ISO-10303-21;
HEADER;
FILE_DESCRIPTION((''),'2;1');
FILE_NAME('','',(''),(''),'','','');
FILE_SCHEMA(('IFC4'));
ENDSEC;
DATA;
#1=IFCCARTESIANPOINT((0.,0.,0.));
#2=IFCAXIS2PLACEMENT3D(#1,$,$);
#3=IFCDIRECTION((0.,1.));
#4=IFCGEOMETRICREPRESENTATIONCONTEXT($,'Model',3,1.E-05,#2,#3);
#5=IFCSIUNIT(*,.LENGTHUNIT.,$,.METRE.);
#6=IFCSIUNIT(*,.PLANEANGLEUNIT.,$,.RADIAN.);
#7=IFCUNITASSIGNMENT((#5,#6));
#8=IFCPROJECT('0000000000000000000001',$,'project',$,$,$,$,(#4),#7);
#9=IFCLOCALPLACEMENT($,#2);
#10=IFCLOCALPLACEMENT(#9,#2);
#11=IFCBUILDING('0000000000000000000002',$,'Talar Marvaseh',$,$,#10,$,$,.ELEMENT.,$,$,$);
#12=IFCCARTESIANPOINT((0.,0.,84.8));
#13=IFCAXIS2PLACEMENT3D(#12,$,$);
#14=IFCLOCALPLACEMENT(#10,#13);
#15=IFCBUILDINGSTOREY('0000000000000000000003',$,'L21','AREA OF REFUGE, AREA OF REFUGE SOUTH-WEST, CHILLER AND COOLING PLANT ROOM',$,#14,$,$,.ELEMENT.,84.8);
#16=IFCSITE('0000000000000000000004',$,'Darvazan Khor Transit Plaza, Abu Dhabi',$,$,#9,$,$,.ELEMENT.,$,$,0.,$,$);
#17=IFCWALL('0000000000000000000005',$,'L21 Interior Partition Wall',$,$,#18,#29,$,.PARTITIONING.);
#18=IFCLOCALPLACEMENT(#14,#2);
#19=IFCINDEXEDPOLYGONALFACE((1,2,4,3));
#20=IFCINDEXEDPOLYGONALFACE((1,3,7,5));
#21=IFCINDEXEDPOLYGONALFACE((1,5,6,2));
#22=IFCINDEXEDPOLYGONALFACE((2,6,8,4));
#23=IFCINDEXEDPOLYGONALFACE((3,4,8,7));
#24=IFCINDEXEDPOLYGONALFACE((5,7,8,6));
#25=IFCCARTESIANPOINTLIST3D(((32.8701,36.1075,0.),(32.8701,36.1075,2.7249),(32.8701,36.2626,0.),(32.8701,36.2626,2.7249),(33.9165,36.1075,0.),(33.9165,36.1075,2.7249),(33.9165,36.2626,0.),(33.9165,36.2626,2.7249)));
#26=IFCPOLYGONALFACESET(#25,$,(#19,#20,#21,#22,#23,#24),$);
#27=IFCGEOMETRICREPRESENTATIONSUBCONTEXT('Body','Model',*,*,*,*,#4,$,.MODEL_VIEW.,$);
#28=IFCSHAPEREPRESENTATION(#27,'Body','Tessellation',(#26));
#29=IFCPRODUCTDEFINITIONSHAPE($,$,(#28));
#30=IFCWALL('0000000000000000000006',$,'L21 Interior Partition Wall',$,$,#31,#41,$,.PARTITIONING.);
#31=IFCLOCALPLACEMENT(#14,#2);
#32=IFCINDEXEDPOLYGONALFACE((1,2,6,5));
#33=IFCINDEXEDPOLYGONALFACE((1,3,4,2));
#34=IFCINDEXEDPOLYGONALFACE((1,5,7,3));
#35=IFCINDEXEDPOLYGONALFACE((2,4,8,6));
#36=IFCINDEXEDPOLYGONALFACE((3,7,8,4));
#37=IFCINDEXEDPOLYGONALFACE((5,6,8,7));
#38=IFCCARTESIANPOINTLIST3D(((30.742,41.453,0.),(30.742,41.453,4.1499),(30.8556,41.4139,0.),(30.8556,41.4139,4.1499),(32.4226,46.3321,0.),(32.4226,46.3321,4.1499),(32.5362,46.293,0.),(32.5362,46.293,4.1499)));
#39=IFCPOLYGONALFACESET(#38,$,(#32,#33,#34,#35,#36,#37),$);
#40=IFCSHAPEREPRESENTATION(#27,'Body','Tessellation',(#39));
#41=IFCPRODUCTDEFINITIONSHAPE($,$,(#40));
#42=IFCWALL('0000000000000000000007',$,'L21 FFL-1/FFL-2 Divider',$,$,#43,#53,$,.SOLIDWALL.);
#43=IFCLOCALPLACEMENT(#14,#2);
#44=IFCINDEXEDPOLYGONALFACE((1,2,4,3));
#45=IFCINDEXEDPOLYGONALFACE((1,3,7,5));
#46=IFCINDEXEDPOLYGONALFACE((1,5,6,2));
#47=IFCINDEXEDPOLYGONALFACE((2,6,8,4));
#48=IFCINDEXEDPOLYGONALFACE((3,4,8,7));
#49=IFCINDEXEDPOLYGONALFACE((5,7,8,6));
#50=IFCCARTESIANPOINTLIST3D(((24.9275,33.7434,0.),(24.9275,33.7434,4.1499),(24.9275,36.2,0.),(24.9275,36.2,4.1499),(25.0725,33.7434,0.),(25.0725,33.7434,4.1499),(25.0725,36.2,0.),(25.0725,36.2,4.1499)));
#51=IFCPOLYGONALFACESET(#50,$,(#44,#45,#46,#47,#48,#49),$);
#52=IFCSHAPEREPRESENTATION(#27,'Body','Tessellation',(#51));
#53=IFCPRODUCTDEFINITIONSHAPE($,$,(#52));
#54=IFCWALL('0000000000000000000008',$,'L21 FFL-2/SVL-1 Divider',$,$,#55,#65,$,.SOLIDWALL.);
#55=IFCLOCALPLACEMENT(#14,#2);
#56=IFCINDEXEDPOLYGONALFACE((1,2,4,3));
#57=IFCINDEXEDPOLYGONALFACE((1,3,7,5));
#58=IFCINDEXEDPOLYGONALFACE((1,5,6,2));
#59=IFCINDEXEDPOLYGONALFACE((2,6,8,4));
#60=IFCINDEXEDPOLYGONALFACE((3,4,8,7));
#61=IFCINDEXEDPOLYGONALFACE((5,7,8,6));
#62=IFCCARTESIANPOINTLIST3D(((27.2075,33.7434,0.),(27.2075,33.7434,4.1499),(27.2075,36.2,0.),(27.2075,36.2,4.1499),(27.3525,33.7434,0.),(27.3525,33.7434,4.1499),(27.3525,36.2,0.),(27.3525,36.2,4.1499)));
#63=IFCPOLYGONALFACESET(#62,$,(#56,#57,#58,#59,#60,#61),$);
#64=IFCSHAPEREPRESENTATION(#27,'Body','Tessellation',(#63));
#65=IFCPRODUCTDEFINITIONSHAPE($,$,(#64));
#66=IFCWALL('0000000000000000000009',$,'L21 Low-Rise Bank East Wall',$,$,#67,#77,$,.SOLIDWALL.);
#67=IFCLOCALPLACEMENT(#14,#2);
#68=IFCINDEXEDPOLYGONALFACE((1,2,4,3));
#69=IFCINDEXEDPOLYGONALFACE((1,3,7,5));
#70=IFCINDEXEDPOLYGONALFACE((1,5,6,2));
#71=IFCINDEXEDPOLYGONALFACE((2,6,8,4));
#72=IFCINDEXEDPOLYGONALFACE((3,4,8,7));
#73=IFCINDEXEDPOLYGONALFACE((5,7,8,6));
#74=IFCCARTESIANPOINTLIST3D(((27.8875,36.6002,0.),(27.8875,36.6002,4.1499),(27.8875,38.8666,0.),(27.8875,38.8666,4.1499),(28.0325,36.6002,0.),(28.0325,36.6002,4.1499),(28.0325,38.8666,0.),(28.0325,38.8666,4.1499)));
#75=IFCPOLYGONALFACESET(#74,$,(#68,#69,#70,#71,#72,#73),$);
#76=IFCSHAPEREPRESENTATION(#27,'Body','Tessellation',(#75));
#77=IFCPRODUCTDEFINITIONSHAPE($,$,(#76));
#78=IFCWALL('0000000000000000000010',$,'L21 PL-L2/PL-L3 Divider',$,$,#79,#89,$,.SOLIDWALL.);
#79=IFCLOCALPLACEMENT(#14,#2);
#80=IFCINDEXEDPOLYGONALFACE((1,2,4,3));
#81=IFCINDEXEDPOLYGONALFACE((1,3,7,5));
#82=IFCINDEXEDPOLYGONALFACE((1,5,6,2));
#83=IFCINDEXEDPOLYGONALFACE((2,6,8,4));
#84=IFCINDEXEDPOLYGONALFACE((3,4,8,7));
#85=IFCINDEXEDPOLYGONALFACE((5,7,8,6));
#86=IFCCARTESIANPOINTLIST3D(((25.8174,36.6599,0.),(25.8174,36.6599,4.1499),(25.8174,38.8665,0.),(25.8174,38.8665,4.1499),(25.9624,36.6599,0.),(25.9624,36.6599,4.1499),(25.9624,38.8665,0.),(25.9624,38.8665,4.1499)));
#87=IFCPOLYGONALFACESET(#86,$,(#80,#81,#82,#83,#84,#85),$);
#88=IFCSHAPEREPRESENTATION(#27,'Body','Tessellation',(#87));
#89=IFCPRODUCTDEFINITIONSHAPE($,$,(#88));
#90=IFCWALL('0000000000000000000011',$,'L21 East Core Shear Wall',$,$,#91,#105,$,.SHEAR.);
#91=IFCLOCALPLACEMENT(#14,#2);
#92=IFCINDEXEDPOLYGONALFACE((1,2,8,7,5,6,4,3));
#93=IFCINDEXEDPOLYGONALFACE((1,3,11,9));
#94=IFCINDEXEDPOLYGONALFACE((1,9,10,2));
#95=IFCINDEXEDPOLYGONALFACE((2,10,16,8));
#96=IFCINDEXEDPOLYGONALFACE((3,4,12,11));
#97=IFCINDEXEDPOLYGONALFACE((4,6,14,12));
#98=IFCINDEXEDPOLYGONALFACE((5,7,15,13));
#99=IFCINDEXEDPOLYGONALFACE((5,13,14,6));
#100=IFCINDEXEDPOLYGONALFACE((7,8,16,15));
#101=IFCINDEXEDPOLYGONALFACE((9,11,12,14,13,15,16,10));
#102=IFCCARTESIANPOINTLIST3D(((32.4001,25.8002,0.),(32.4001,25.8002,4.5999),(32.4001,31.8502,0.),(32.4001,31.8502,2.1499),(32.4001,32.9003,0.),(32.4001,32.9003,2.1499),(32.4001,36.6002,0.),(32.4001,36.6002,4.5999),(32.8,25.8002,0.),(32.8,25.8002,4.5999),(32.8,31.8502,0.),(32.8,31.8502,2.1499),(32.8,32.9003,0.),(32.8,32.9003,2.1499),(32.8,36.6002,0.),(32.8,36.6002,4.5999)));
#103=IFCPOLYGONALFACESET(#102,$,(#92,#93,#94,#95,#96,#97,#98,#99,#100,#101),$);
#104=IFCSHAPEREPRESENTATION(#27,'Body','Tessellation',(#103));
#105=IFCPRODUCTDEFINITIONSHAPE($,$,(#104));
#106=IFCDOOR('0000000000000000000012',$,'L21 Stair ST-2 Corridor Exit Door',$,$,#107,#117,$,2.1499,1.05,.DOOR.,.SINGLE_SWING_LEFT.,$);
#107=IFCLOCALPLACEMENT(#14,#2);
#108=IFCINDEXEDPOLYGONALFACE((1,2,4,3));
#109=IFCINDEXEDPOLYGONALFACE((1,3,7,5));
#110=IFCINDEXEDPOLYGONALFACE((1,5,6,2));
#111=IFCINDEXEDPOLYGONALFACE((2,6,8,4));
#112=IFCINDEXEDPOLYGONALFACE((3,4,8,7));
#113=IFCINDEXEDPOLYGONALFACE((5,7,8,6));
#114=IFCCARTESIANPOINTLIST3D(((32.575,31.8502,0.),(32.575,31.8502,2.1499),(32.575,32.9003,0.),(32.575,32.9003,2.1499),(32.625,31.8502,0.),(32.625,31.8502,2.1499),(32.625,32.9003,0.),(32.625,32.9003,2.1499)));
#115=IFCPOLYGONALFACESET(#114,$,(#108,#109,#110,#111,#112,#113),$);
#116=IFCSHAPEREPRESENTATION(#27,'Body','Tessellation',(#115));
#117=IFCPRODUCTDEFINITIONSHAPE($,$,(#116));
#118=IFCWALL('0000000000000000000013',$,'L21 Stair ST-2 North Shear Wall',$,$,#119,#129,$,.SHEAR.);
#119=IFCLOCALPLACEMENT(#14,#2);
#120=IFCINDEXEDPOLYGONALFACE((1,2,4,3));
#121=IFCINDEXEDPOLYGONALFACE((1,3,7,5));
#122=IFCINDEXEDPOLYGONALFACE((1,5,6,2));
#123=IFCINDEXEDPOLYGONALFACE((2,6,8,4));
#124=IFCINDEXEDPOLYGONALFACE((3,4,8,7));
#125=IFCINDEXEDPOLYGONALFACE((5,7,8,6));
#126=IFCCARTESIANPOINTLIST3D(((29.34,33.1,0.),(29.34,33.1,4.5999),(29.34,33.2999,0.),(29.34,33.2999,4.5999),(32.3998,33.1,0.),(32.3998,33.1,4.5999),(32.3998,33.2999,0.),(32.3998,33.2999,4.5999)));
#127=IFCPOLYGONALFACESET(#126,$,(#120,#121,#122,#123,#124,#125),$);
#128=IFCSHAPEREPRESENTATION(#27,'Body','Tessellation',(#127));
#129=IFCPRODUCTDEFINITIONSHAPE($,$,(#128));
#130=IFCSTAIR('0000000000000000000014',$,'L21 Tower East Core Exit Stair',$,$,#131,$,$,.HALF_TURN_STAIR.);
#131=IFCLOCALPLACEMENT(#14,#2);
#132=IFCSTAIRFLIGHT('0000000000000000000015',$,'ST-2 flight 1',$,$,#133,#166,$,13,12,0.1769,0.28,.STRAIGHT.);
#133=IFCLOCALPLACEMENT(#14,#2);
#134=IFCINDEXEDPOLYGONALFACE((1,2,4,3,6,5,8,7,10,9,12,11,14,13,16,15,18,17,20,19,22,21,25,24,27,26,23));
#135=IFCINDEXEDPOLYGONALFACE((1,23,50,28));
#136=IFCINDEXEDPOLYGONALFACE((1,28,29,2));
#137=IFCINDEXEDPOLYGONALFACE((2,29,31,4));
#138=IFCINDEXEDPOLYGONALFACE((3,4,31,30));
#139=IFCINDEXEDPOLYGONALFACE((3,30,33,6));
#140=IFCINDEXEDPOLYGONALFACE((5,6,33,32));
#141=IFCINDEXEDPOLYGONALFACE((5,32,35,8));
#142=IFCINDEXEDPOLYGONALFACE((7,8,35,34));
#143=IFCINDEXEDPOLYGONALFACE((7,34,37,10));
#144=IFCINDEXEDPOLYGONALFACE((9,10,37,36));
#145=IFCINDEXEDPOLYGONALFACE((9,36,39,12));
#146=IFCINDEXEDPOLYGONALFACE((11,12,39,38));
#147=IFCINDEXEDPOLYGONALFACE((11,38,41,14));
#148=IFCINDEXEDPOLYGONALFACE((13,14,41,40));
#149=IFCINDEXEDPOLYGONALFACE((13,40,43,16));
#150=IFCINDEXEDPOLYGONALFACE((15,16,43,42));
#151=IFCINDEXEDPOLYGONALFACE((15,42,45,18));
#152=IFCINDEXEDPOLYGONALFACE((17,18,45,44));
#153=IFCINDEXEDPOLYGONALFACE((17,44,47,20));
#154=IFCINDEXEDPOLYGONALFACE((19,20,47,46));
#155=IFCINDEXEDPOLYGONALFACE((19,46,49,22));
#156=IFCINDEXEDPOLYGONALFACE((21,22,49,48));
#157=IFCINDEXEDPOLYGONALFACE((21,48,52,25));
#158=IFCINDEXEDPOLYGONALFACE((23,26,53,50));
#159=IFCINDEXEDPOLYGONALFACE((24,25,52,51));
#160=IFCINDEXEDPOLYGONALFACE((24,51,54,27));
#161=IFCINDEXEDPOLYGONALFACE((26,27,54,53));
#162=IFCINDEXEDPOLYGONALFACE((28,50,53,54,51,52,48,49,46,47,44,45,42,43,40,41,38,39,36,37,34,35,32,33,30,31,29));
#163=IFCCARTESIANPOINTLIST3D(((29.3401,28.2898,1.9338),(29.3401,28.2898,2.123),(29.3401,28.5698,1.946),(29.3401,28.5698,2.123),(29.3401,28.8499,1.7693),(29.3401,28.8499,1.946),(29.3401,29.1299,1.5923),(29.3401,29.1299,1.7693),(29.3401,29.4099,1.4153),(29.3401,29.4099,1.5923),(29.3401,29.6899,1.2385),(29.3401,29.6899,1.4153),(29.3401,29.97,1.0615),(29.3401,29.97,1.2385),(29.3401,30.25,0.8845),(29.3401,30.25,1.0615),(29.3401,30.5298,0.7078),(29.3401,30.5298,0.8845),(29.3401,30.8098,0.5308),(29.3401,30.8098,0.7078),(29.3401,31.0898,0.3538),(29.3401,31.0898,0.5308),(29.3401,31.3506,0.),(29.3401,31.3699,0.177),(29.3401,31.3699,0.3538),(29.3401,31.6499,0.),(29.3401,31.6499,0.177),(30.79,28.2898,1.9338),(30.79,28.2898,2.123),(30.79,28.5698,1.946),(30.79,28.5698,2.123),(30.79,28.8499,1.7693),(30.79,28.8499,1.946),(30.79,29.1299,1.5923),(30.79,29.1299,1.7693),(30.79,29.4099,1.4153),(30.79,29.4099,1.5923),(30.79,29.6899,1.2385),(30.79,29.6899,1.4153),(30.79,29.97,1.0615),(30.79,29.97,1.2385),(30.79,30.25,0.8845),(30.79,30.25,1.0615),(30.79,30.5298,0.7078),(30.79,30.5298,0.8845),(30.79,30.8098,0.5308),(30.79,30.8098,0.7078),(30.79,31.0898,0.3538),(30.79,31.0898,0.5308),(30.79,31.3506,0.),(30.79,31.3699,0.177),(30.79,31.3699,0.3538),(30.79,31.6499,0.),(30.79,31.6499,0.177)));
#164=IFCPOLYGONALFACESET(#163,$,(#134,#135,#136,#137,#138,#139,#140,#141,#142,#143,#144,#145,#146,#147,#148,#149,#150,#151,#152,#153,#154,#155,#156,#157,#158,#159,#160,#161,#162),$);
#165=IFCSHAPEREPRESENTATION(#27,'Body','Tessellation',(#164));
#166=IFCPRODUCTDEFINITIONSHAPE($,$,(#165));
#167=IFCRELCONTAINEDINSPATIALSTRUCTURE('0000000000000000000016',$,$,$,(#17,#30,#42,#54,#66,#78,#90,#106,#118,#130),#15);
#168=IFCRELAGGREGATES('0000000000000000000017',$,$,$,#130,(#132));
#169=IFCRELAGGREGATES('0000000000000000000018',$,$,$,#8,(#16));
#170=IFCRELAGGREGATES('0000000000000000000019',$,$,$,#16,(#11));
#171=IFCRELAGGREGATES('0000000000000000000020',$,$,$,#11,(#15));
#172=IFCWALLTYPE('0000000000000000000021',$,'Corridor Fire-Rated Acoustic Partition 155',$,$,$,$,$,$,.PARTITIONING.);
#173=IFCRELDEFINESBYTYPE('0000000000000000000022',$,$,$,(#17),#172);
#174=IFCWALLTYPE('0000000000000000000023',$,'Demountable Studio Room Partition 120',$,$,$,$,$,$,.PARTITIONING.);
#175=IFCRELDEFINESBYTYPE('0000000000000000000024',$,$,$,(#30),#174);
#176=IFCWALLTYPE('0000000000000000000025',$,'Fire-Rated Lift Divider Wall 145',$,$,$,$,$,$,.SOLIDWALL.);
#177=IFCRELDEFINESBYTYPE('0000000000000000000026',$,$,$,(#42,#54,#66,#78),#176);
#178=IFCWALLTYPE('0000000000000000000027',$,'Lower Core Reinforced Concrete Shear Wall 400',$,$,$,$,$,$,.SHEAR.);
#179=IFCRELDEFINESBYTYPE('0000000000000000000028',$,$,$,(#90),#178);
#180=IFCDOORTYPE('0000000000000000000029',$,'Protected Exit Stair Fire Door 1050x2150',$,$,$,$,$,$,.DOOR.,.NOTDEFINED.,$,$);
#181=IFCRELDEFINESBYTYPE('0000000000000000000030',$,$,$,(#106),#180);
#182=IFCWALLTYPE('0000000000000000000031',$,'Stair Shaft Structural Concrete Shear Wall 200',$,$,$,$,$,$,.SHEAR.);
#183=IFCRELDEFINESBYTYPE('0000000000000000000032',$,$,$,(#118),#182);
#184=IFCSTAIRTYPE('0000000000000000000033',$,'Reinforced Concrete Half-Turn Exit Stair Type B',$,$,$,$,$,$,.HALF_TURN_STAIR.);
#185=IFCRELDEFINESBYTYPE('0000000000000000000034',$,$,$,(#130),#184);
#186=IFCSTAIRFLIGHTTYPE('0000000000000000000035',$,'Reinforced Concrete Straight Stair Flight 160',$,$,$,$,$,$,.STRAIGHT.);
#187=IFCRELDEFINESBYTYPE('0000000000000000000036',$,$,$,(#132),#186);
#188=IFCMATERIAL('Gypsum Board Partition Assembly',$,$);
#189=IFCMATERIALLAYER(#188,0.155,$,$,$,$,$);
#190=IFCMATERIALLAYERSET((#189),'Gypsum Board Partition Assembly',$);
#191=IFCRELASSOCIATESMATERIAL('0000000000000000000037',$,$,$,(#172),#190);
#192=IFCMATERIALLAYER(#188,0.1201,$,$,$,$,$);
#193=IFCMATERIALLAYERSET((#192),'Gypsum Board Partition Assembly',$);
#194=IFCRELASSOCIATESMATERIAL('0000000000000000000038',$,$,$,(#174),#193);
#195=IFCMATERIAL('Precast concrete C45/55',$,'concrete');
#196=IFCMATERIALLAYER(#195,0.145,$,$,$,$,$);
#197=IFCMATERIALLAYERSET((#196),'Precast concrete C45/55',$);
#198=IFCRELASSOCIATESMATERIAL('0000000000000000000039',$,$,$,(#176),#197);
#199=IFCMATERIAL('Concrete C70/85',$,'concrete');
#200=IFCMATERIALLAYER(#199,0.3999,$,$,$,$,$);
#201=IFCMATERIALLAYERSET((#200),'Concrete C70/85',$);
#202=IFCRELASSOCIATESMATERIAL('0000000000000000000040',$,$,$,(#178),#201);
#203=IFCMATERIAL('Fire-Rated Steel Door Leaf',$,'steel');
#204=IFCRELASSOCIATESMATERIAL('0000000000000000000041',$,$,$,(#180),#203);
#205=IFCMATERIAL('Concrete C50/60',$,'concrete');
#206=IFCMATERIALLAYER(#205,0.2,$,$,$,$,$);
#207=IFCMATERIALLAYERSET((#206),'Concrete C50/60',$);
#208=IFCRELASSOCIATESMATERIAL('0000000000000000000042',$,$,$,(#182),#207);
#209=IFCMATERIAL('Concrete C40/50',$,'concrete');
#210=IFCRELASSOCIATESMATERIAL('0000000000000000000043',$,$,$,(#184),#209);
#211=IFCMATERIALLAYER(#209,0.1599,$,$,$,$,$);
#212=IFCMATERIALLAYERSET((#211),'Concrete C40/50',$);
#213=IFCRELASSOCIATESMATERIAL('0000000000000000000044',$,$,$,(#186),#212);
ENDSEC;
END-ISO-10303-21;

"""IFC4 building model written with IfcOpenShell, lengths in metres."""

from ifc_helpers import new_model, si_unit, direction, frame, frame_2d, origin, place, context, subcontext, project, spatial, polyline, rectangle, outline, extrude, source, transform, mapped, material, layer, layer_set, type_object, type_shapes, element, fill, aggregate, save


model = new_model("IFC4")

# Units and contexts
model_context = context("Model", 3, precision=1e-05, world=origin(), true_north=direction((0.0, 1.0)))
body_context = subcontext(model_context, "Body", "Model", "MODEL_VIEW")
ifc_project = project(units=[si_unit("LENGTHUNIT", "METRE"), si_unit("PLANEANGLEUNIT", "RADIAN")], contexts=[model_context])

# Site, building, storey
site_placement = place(None, origin())
site = spatial("IfcSite", under=ifc_project, at=site_placement, Name="Darvazan Khor Transit Plaza, Abu Dhabi", CompositionType="ELEMENT", RefElevation=0.0)
building_placement = place(site_placement, origin())
building = spatial("IfcBuilding", under=site, at=building_placement, Name="Talar Marvaseh", CompositionType="ELEMENT")
storey_placement = place(building_placement, frame((0.0, 0.0, 84.8)))
storey = spatial("IfcBuildingStorey", under=building, at=storey_placement, Name="L21", Description="AREA OF REFUGE, AREA OF REFUGE SOUTH-WEST, CHILLER AND COOLING PLANT ROOM", CompositionType="ELEMENT", Elevation=84.8)

# Shared definitions
ifc_material_1 = material(Name="Concrete C70/85", Category="concrete")

# Shared definitions
ifc_material_2 = material(Name="Concrete C40/50", Category="concrete")

# Shared definitions
ifc_material_3 = material(Name="Gypsum Board Partition Assembly")
ifc_layer_1 = layer(ifc_material_3, 0.155)
ifc_layer_set_1 = layer_set([ifc_layer_1], Name="Gypsum Board Partition Assembly")
wall_type_1 = type_object("IfcWallType", Name="Corridor Fire-Rated Acoustic Partition 155", PredefinedType="PARTITIONING", material=ifc_layer_set_1)

# Walls
wall_1_placement = place(storey_placement, frame((32.8701, 36.1851, 0.0), z_axis=(0.0, 0.0, 1.0), x_axis=(1.0, 0.0, 0.0)))
element("IfcWall", 1, at=wall_1_placement, inside=storey, type_object=wall_type_1, Name="L21 Interior Partition Wall", PredefinedType="PARTITIONING", context=body_context, shape_type="SweptSolid", body=[
    extrude(rectangle(XDim=1.0464, YDim=0.155, at=frame_2d((0.5232, 0.0))), origin(), (0.0, 0.0, 1.0), 2.7249),
])
ifc_layer_2 = layer(ifc_material_3, 0.1201)
ifc_layer_set_2 = layer_set([ifc_layer_2], Name="Gypsum Board Partition Assembly")
wall_type_2 = type_object("IfcWallType", Name="Demountable Studio Room Partition 120", PredefinedType="PARTITIONING", material=ifc_layer_set_2)
wall_2_placement = place(storey_placement, frame((30.7988, 41.4336, 0.0), z_axis=(0.0, 0.0, 1.0), x_axis=(0.325679, 0.945481, 0.0)))
element("IfcWall", 2, at=wall_2_placement, inside=storey, type_object=wall_type_2, Name="L21 Interior Partition Wall", PredefinedType="PARTITIONING", context=body_context, shape_type="SweptSolid", body=[
    extrude(rectangle(XDim=5.1604, YDim=0.1201, at=frame_2d((2.5801, 0.0))), origin(), (0.0, 0.0, 1.0), 4.1499),
])
ifc_material_4 = material(Name="Precast concrete C45/55", Category="concrete")
ifc_layer_3 = layer(ifc_material_4, 0.145)
ifc_layer_set_3 = layer_set([ifc_layer_3], Name="Precast concrete C45/55")
wall_type_3 = type_object("IfcWallType", Name="Fire-Rated Lift Divider Wall 145", PredefinedType="SOLIDWALL", material=ifc_layer_set_3)
for number, where, z_axis, x_axis, name in (
    (3, (25.0, 33.7434, 0.0), (0.0, 0.0, 1.0), (0.0, 1.0, 0.0), "L21 FFL-1/FFL-2 Divider"),
    (4, (27.28, 33.7434, 0.0), (0.0, 0.0, 1.0), (0.0, 1.0, 0.0), "L21 FFL-2/SVL-1 Divider"),
):
    element("IfcWall", number, at=place(storey_placement, frame(where, z_axis=z_axis, x_axis=x_axis)), inside=storey, type_object=wall_type_3, Name=name, PredefinedType="SOLIDWALL", context=body_context, shape_type="SweptSolid", body=[
        extrude(rectangle(XDim=2.4565, YDim=0.145, at=frame_2d((1.2283, 0.0))), origin(), (0.0, 0.0, 1.0), 4.1499),
    ])
wall_3_placement = place(storey_placement, frame((27.96, 36.6001, 0.0), z_axis=(0.0, 0.0, 1.0), x_axis=(0.0, 1.0, 0.0)))
element("IfcWall", 5, at=wall_3_placement, inside=storey, type_object=wall_type_3, Name="L21 Low-Rise Bank East Wall", PredefinedType="SOLIDWALL", context=body_context, shape_type="SweptSolid", body=[
    extrude(rectangle(XDim=2.2664, YDim=0.145, at=frame_2d((1.1333, 0.0))), origin(), (0.0, 0.0, 1.0), 4.1499),
])
wall_4_placement = place(storey_placement, frame((25.8899, 36.6599, 0.0), z_axis=(0.0, 0.0, 1.0), x_axis=(0.0, 1.0, 0.0)))
element("IfcWall", 6, at=wall_4_placement, inside=storey, type_object=wall_type_3, Name="L21 PL-L2/PL-L3 Divider", PredefinedType="SOLIDWALL", context=body_context, shape_type="SweptSolid", body=[
    extrude(rectangle(XDim=2.2065, YDim=0.145, at=frame_2d((1.1033, 0.0))), origin(), (0.0, 0.0, 1.0), 4.1499),
])

# Wall, opening, door
ifc_layer_4 = layer(ifc_material_1, 0.3999)
ifc_layer_set_4 = layer_set([ifc_layer_4], Name="Concrete C70/85")
wall_type_4 = type_object("IfcWallType", Name="Lower Core Reinforced Concrete Shear Wall 400", PredefinedType="SHEAR", material=ifc_layer_set_4)
wall_5_placement = place(storey_placement, frame((32.6001, 36.6001, 0.0), z_axis=(0.0, 0.0, 1.0), x_axis=(0.0, -1.0, 0.0)))
wall_5 = element("IfcWall", 7, at=wall_5_placement, inside=storey, type_object=wall_type_4, Name="L21 East Core Shear Wall", PredefinedType="SHEAR", context=body_context, shape_type="SweptSolid", body=[
    extrude(rectangle(XDim=10.8, YDim=0.3999, at=frame_2d((5.3999, 0.0))), origin(), (0.0, 0.0, 1.0), 4.5999),
])
opening_1_placement = place(wall_5_placement, frame((3.7, 0.0, 0.0)))
opening_1 = element("IfcOpeningElement", 8, at=opening_1_placement, cuts=wall_5, PredefinedType="OPENING", context=body_context, shape_type="SweptSolid", body=[
    extrude(rectangle(XDim=1.05, YDim=2.1499, at=frame_2d((0.5249, 1.075))), frame((0.0, 0.21, 0.0), z_axis=(0.0, -1.0, 0.0), x_axis=(1.0, 0.0, 0.0)), (0.0, 0.0, 1.0), 0.4199),
])
ifc_material_5 = material(Name="Fire-Rated Steel Door Leaf", Category="steel")
door_type_1 = type_object("IfcDoorType", Name="Protected Exit Stair Fire Door 1050x2150", OperationType="NOTDEFINED", PredefinedType="DOOR", material=ifc_material_5)
shared_shape_1 = source(origin(), body_context, "Body", "SweptSolid", [
    extrude(rectangle(XDim=1.05, YDim=2.1499, at=frame_2d((0.5249, 1.075))), frame((0.0, 0.0249, 0.0), z_axis=(0.0, -1.0, 0.0), x_axis=(1.0, 0.0, 0.0)), (0.0, 0.0, 1.0), 0.05),
])
type_shapes(door_type_1, [shared_shape_1])
door_1_placement = place(opening_1_placement, origin())
door_1 = element("IfcDoor", 9, at=door_1_placement, inside=storey, type_object=door_type_1, Name="L21 Stair ST-2 Corridor Exit Door", OperationType="SINGLE_SWING_LEFT", OverallHeight=2.1499, OverallWidth=1.05, PredefinedType="DOOR", context=body_context, shape_type="MappedRepresentation", body=[
    mapped(shared_shape_1, transform((0.0, 0.0, 0.0), x_axis=(1.0, 0.0, 0.0), y_axis=(0.0, 1.0, 0.0), z_axis=(0.0, 0.0, 1.0), scale=1.0)),
])
fill(opening_1, door_1)

# Wall
ifc_material_6 = material(Name="Concrete C50/60", Category="concrete")
ifc_layer_5 = layer(ifc_material_6, 0.2)
ifc_layer_set_5 = layer_set([ifc_layer_5], Name="Concrete C50/60")
wall_type_5 = type_object("IfcWallType", Name="Stair Shaft Structural Concrete Shear Wall 200", PredefinedType="SHEAR", material=ifc_layer_set_5)
wall_6_placement = place(storey_placement, frame((29.3401, 33.2, 0.0), z_axis=(0.0, 0.0, 1.0), x_axis=(1.0, 0.0, 0.0)))
element("IfcWall", 10, at=wall_6_placement, inside=storey, type_object=wall_type_5, Name="L21 Stair ST-2 North Shear Wall", PredefinedType="SHEAR", context=body_context, shape_type="SweptSolid", body=[
    extrude(rectangle(XDim=3.0598, YDim=0.2, at=frame_2d((1.5298, 0.0))), origin(), (0.0, 0.0, 1.0), 4.5999),
])

# Stair, stair flight
stair_type = type_object("IfcStairType", Name="Reinforced Concrete Half-Turn Exit Stair Type B", PredefinedType="HALF_TURN_STAIR", material=ifc_material_2)
stair_placement = place(storey_placement, origin())
stair = element("IfcStair", 11, at=stair_placement, inside=storey, type_object=stair_type, Name="L21 Tower East Core Exit Stair", PredefinedType="HALF_TURN_STAIR")
ifc_layer_6 = layer(ifc_material_2, 0.1599)
ifc_layer_set_6 = layer_set([ifc_layer_6], Name="Concrete C40/50")
stair_flight_type = type_object("IfcStairFlightType", Name="Reinforced Concrete Straight Stair Flight 160", PredefinedType="STRAIGHT", material=ifc_layer_set_6)
stair_flight_placement = place(storey_placement, frame((30.0649, 31.6499, 0.0), z_axis=(0.0, 0.0, 1.0), x_axis=(0.0, -1.0, 0.0)))
stair_flight = element("IfcStairFlight", 12, at=stair_flight_placement, type_object=stair_flight_type, Name="ST-2 flight 1", NumberOfRisers=13, NumberOfTreads=12, PredefinedType="STRAIGHT", RiserHeight=0.1769, TreadLength=0.28, context=body_context, shape_type="SweptSolid", body=[
    extrude(outline(polyline([(0.0, 0.0), (0.0, 0.177), (0.28, 0.177), (0.28, 0.3538), (0.5601, 0.3538), (0.5601, 0.5308), (0.8401, 0.5308), (0.8401, 0.7078), (1.1201, 0.7078), (1.1201, 0.8845), (1.3999, 0.8845), (1.3999, 1.0615), (1.6799, 1.0615), (1.6799, 1.2385), (1.96, 1.2385), (1.96, 1.4153), (2.24, 1.4153), (2.24, 1.5923), (2.52, 1.5923), (2.52, 1.7693), (2.8, 1.7693), (2.8, 1.946), (3.0801, 1.946), (3.0801, 2.123), (3.3601, 2.123), (3.3601, 2.3), (3.3601, 1.9338), (0.2993, 0.0), (0.0, 0.0)])), frame((0.0, 0.7251, 0.0), z_axis=(0.0, -1.0, 0.0), x_axis=(1.0, 0.0, 0.0)), (0.0, 0.0, 1.0), 1.45),
])
aggregate(stair, [stair_flight])

save(model, "model.ifc")
